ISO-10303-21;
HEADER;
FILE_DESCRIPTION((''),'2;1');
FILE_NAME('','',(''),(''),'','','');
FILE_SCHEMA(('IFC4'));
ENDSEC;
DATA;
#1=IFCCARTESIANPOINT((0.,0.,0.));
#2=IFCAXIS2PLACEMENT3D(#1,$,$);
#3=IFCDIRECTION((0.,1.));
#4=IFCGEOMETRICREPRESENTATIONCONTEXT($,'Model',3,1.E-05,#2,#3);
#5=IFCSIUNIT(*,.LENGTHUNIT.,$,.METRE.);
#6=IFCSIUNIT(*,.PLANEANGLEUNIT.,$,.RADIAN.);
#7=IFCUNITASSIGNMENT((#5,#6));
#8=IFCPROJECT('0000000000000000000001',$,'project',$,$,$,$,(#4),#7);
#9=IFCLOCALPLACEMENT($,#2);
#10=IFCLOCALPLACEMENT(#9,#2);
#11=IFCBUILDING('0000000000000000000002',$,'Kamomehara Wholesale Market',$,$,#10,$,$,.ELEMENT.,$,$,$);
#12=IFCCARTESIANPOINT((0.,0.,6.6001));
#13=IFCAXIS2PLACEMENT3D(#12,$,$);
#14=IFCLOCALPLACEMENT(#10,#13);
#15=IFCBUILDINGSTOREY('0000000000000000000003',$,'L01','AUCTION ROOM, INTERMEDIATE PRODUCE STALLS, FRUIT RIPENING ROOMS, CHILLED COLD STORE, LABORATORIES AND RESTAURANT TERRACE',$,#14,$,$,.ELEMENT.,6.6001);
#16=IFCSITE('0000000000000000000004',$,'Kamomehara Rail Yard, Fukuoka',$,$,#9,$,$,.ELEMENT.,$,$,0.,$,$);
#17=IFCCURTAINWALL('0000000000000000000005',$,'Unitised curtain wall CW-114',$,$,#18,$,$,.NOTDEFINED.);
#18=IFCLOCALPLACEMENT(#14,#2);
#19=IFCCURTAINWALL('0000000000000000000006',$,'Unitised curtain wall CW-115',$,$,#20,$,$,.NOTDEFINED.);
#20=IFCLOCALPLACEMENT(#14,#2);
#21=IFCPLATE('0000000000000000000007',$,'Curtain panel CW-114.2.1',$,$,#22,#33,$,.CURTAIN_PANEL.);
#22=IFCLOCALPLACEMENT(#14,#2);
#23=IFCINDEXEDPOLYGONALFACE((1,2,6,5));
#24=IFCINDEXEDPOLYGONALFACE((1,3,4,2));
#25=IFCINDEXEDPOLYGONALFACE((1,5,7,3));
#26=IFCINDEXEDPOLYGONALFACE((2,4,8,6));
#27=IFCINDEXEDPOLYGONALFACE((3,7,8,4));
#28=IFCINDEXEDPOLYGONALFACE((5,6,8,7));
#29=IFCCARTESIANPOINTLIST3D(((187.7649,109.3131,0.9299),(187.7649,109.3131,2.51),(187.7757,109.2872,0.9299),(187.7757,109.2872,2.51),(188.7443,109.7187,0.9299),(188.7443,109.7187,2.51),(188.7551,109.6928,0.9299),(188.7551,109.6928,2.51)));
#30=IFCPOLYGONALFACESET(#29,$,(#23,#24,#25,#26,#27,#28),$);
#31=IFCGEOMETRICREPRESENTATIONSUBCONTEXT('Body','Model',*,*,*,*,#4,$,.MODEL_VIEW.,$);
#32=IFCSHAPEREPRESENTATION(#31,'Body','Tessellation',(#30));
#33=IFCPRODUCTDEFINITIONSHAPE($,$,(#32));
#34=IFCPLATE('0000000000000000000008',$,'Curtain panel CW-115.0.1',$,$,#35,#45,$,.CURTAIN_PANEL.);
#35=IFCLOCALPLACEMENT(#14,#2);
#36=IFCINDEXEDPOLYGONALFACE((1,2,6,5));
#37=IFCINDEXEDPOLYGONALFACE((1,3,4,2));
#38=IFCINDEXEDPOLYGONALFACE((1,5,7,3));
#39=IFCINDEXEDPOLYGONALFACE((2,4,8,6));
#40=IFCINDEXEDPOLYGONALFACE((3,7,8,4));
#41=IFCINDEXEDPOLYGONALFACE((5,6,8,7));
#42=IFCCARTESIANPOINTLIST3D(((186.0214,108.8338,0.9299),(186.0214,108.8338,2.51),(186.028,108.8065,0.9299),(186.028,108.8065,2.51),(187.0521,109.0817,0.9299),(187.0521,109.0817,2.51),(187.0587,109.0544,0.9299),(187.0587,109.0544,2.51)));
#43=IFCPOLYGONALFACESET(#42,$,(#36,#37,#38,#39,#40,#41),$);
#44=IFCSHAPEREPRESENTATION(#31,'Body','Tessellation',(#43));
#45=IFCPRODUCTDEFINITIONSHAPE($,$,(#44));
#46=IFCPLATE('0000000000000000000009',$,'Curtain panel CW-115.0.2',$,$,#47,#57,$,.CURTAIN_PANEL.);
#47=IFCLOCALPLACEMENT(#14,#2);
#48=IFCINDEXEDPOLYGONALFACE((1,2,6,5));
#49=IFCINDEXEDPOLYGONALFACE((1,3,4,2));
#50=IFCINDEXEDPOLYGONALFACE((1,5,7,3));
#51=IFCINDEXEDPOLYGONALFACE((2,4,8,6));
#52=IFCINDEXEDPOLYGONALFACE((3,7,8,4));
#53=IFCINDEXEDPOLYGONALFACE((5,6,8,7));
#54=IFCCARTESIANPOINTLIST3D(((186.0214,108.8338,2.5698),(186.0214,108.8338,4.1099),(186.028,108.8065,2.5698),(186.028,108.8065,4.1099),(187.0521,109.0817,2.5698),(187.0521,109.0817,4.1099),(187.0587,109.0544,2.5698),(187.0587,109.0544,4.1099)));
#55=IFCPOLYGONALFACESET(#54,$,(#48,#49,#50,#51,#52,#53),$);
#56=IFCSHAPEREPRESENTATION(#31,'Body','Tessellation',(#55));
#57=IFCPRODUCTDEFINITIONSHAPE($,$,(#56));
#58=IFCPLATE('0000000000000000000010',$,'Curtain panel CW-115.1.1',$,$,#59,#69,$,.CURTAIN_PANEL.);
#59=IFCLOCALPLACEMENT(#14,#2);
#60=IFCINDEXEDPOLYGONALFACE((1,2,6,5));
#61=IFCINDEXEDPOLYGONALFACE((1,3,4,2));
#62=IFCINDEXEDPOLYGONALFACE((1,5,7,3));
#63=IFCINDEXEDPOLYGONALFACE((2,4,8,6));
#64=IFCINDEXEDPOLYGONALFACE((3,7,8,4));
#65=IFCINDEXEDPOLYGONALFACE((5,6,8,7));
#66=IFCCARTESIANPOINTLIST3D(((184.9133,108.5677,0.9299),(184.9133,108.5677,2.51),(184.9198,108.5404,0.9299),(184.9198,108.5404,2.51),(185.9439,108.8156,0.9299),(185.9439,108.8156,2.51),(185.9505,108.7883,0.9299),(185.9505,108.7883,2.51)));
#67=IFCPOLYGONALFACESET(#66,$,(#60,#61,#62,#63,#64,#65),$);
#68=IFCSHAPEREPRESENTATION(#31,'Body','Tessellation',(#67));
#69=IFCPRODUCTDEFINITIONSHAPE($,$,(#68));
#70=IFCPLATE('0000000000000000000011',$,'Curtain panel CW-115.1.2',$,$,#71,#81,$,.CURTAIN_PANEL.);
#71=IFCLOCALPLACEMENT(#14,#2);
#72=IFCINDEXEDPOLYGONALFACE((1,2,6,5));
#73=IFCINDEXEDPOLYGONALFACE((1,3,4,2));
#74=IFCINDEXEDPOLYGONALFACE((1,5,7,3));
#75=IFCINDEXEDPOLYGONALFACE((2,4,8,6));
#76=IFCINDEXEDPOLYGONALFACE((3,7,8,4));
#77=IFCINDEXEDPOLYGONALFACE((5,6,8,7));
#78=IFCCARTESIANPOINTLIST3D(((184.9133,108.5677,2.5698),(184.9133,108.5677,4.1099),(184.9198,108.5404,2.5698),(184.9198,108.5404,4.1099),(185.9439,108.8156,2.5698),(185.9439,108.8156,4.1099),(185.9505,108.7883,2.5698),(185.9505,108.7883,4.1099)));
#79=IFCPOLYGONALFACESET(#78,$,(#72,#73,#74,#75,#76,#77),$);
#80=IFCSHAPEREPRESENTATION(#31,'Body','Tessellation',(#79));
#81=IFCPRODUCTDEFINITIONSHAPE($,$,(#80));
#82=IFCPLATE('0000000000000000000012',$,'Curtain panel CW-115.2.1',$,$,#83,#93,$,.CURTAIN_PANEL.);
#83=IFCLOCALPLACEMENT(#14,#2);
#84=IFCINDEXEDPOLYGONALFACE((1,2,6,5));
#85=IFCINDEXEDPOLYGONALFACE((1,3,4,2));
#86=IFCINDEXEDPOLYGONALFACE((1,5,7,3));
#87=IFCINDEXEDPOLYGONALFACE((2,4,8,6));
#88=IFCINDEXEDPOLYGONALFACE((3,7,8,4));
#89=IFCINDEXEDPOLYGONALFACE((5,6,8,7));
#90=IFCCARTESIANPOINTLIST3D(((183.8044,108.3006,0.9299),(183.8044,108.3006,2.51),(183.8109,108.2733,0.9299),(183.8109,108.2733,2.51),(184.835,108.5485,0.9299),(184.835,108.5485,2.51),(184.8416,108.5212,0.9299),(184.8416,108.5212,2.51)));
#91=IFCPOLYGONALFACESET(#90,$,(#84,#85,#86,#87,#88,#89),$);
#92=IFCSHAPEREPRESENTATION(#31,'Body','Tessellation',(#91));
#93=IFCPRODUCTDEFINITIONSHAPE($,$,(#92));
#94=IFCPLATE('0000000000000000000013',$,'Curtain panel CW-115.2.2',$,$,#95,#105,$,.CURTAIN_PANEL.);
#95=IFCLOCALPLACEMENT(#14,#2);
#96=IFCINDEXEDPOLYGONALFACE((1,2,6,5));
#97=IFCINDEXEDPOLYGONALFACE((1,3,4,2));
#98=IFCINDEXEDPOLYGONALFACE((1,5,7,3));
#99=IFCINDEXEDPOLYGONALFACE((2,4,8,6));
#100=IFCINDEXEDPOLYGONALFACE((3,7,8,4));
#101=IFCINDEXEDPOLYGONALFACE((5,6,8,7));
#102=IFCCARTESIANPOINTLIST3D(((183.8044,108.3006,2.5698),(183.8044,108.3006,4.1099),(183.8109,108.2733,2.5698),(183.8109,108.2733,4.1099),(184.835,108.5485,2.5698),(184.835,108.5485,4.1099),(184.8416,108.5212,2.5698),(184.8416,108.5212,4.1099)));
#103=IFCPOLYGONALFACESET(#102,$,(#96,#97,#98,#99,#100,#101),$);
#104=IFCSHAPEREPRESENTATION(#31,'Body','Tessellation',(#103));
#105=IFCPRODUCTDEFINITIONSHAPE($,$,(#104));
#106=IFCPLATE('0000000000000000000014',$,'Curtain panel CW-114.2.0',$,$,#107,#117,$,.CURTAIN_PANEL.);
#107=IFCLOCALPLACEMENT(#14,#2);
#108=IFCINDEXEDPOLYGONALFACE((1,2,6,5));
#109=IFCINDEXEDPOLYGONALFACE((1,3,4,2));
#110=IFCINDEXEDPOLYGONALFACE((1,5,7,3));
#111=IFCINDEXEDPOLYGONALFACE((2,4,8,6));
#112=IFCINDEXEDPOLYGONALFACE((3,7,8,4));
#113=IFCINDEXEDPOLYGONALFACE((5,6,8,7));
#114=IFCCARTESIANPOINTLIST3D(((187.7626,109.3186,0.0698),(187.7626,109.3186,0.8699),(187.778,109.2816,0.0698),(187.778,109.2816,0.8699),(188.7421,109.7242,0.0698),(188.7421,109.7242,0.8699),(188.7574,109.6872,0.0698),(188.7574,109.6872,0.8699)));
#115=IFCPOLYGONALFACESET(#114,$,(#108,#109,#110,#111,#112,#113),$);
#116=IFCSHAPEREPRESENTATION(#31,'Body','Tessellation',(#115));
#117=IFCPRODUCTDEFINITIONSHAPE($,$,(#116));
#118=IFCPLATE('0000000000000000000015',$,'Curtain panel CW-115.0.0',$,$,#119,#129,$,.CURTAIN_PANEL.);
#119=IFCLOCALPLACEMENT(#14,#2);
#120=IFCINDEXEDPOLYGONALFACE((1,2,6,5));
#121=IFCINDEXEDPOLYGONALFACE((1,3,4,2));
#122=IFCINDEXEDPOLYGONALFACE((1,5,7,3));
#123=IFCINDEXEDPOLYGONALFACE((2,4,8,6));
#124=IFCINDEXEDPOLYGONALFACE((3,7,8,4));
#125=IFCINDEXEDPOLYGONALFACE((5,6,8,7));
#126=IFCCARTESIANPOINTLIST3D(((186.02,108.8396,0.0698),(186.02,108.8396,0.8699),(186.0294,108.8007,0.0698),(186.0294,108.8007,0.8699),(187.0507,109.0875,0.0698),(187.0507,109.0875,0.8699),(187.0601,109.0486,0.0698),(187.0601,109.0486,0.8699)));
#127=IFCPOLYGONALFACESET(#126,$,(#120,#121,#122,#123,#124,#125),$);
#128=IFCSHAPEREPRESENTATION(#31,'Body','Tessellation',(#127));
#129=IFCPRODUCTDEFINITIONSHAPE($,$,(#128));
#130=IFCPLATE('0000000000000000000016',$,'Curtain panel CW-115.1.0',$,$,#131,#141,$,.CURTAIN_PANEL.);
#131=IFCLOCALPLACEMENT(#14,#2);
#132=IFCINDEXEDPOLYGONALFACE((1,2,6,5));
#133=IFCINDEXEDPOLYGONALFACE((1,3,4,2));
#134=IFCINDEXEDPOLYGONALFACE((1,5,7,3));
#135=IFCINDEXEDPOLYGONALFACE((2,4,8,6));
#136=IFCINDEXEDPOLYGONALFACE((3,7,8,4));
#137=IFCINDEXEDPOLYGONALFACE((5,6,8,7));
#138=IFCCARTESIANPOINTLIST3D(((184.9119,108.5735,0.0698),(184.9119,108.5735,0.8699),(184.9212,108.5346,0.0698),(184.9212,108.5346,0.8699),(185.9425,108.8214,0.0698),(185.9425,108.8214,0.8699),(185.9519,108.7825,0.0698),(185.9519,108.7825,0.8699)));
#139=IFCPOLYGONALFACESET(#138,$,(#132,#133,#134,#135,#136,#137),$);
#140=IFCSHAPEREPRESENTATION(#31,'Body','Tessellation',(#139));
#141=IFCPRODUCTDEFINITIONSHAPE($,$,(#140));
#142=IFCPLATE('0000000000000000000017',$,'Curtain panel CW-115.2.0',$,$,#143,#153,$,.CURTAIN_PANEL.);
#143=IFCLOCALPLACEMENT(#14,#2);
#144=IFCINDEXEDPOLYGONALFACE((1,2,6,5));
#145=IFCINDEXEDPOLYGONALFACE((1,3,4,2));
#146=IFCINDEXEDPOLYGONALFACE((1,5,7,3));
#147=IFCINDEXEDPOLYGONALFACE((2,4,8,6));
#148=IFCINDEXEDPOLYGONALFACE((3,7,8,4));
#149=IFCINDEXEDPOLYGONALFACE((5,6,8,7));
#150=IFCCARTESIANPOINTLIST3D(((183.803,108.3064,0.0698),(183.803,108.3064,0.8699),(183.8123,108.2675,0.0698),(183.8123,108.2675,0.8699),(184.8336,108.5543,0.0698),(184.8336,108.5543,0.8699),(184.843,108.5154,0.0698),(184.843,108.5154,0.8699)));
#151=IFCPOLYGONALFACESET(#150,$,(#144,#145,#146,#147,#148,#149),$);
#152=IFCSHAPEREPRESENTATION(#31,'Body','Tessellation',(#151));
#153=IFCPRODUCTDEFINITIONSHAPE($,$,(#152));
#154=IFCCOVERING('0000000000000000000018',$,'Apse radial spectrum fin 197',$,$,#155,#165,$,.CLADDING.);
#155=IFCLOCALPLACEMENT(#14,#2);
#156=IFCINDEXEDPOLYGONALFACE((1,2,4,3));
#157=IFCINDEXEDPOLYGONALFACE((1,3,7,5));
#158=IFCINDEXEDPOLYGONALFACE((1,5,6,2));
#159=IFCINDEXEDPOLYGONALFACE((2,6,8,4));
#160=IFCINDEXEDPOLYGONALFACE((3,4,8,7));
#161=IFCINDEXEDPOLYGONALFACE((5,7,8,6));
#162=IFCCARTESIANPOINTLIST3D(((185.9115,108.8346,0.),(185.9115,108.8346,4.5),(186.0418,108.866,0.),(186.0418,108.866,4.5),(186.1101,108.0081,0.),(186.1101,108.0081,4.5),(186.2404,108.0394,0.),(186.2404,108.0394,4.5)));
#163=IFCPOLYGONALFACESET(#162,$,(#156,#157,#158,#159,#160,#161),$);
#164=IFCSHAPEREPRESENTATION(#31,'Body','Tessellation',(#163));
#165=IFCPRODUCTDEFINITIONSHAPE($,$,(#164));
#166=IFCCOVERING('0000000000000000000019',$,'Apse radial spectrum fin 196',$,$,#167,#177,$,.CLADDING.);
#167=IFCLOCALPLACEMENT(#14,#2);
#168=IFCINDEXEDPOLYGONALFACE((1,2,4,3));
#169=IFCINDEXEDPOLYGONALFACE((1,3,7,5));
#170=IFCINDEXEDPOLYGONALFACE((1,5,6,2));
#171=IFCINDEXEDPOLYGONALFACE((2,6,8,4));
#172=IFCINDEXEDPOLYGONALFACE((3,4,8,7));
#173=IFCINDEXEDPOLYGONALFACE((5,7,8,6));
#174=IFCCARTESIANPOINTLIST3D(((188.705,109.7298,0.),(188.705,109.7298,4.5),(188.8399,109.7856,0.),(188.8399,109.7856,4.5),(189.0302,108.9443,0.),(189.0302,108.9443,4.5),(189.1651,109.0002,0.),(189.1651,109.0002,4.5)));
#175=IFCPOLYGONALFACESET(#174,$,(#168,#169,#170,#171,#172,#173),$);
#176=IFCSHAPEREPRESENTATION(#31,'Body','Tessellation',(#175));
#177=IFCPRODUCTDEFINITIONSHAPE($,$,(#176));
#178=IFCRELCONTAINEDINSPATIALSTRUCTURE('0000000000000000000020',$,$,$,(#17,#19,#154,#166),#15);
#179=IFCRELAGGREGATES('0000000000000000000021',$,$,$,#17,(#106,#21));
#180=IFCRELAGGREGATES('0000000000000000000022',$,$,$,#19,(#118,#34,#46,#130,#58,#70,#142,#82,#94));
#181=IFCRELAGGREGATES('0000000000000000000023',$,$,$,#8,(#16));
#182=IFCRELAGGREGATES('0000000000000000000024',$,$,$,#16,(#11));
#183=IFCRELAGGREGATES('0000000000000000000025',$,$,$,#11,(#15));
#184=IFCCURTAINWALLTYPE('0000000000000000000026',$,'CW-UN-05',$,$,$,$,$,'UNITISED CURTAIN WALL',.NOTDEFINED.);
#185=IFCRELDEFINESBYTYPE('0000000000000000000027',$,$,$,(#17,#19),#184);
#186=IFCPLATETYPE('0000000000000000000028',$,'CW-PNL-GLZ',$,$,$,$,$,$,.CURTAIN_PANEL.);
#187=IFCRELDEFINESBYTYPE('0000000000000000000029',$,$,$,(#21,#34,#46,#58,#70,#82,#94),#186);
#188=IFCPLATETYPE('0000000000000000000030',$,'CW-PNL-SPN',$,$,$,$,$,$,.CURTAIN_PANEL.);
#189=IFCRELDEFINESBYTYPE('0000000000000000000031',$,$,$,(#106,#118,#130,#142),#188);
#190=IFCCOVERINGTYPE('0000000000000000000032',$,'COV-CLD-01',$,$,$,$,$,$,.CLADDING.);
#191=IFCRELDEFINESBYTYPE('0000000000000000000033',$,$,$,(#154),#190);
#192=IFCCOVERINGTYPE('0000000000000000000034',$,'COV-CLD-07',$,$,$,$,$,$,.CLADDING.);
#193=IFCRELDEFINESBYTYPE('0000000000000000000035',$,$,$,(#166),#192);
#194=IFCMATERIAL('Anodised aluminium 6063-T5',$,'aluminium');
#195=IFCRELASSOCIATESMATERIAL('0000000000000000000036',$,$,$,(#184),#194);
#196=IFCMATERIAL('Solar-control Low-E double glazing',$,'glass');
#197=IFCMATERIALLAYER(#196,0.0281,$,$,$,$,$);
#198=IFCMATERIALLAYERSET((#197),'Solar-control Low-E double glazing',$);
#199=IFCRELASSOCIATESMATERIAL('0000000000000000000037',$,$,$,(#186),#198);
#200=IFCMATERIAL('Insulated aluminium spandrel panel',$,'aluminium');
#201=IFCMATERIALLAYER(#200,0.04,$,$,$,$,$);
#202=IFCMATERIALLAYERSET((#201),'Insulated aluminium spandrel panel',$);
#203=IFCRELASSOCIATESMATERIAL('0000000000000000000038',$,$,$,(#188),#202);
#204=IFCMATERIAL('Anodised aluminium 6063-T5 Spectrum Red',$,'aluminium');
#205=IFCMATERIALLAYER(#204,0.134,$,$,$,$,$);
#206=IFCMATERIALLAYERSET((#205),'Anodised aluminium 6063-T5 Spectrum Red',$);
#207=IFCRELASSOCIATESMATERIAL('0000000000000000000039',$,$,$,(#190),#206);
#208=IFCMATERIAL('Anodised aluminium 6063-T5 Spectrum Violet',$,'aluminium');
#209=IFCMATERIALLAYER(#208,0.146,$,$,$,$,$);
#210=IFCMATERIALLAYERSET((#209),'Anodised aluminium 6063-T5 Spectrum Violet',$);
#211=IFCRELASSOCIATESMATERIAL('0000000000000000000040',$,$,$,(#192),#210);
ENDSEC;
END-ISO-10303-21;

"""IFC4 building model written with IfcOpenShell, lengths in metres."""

from ifc_helpers import new_model, si_unit, direction, frame, origin, origin_2d, place, context, subcontext, project, spatial, rectangle, extrude, material, layer, layer_set, type_object, element, aggregate, save


model = new_model("IFC4")

# Units and contexts
model_context = context("Model", 3, precision=1e-05, world=origin(), true_north=direction((0.0, 1.0)))
body_context = subcontext(model_context, "Body", "Model", "MODEL_VIEW")
ifc_project = project(units=[si_unit("LENGTHUNIT", "METRE"), si_unit("PLANEANGLEUNIT", "RADIAN")], contexts=[model_context])

# Site, building, storey
site_placement = place(None, origin())
site = spatial("IfcSite", under=ifc_project, at=site_placement, Name="Kamomehara Rail Yard, Fukuoka", CompositionType="ELEMENT", RefElevation=0.0)
building_placement = place(site_placement, origin())
building = spatial("IfcBuilding", under=site, at=building_placement, Name="Kamomehara Wholesale Market", CompositionType="ELEMENT")
storey_placement = place(building_placement, frame((0.0, 0.0, 6.6001)))
storey = spatial("IfcBuildingStorey", under=building, at=storey_placement, Name="L01", Description="AUCTION ROOM, INTERMEDIATE PRODUCE STALLS, FRUIT RIPENING ROOMS, CHILLED COLD STORE, LABORATORIES AND RESTAURANT TERRACE", CompositionType="ELEMENT", Elevation=6.6001)

# Curtain wall
ifc_material_1 = material(Name="Anodised aluminium 6063-T5", Category="aluminium")
curtain_wall_type = type_object("IfcCurtainWallType", Name="CW-UN-05", ElementType="UNITISED CURTAIN WALL", PredefinedType="NOTDEFINED", material=ifc_material_1)
curtain_wall_1_placement = place(storey_placement, origin())
curtain_wall_1 = element("IfcCurtainWall", 1, at=curtain_wall_1_placement, inside=storey, type_object=curtain_wall_type, Name="Unitised curtain wall CW-114", PredefinedType="NOTDEFINED")

# Curtain wall
curtain_wall_2_placement = place(storey_placement, origin())
curtain_wall_2 = element("IfcCurtainWall", 2, at=curtain_wall_2_placement, inside=storey, type_object=curtain_wall_type, Name="Unitised curtain wall CW-115", PredefinedType="NOTDEFINED")

# Plates
ifc_material_2 = material(Name="Solar-control Low-E double glazing", Category="glass")
ifc_layer_1 = layer(ifc_material_2, 0.0281)
ifc_layer_set_1 = layer_set([ifc_layer_1], Name="Solar-control Low-E double glazing")
plate_type_1 = type_object("IfcPlateType", Name="CW-PNL-GLZ", PredefinedType="CURTAIN_PANEL", material=ifc_layer_set_1)
plate_1_placement = place(storey_placement, frame((188.26, 109.5029, 0.9299), z_axis=(0.0, 0.0, 1.0), x_axis=(-0.923913, -0.382603, 0.0)))
plate_1 = element("IfcPlate", 3, at=plate_1_placement, type_object=plate_type_1, Name="Curtain panel CW-114.2.1", PredefinedType="CURTAIN_PANEL", context=body_context, shape_type="SweptSolid", body=[
    extrude(rectangle(XDim=1.0601, YDim=0.0281, at=origin_2d()), origin(), (0.0, 0.0, 1.0), 1.5801),
])
plate_2_placement = place(storey_placement, frame((186.54, 108.9441, 0.9299), z_axis=(0.0, 0.0, 1.0), x_axis=(-0.972272, -0.233853, 0.0)))
plate_2 = element("IfcPlate", 4, at=plate_2_placement, type_object=plate_type_1, Name="Curtain panel CW-115.0.1", PredefinedType="CURTAIN_PANEL", context=body_context, shape_type="SweptSolid", body=[
    extrude(rectangle(XDim=1.0601, YDim=0.0281, at=origin_2d()), origin(), (0.0, 0.0, 1.0), 1.5801),
])
plate_3_placement = place(storey_placement, frame((186.54, 108.9441, 2.5698), z_axis=(0.0, 0.0, 1.0), x_axis=(-0.972272, -0.233853, 0.0)))
plate_3 = element("IfcPlate", 5, at=plate_3_placement, type_object=plate_type_1, Name="Curtain panel CW-115.0.2", PredefinedType="CURTAIN_PANEL", context=body_context, shape_type="SweptSolid", body=[
    extrude(rectangle(XDim=1.0601, YDim=0.0281, at=origin_2d()), origin(), (0.0, 0.0, 1.0), 1.54),
])
plate_4_placement = place(storey_placement, frame((185.4319, 108.678, 0.9299), z_axis=(0.0, 0.0, 1.0), x_axis=(-0.972272, -0.233853, 0.0)))
plate_4 = element("IfcPlate", 6, at=plate_4_placement, type_object=plate_type_1, Name="Curtain panel CW-115.1.1", PredefinedType="CURTAIN_PANEL", context=body_context, shape_type="SweptSolid", body=[
    extrude(rectangle(XDim=1.0601, YDim=0.0281, at=origin_2d()), origin(), (0.0, 0.0, 1.0), 1.5801),
])
plate_5_placement = place(storey_placement, frame((185.4319, 108.678, 2.5698), z_axis=(0.0, 0.0, 1.0), x_axis=(-0.972272, -0.233853, 0.0)))
plate_5 = element("IfcPlate", 7, at=plate_5_placement, type_object=plate_type_1, Name="Curtain panel CW-115.1.2", PredefinedType="CURTAIN_PANEL", context=body_context, shape_type="SweptSolid", body=[
    extrude(rectangle(XDim=1.0601, YDim=0.0281, at=origin_2d()), origin(), (0.0, 0.0, 1.0), 1.54),
])
plate_6_placement = place(storey_placement, frame((184.323, 108.4109, 0.9299), z_axis=(0.0, 0.0, 1.0), x_axis=(-0.972272, -0.233853, 0.0)))
plate_6 = element("IfcPlate", 8, at=plate_6_placement, type_object=plate_type_1, Name="Curtain panel CW-115.2.1", PredefinedType="CURTAIN_PANEL", context=body_context, shape_type="SweptSolid", body=[
    extrude(rectangle(XDim=1.0601, YDim=0.0281, at=origin_2d()), origin(), (0.0, 0.0, 1.0), 1.5801),
])
plate_7_placement = place(storey_placement, frame((184.323, 108.4109, 2.5698), z_axis=(0.0, 0.0, 1.0), x_axis=(-0.972272, -0.233853, 0.0)))
plate_7 = element("IfcPlate", 9, at=plate_7_placement, type_object=plate_type_1, Name="Curtain panel CW-115.2.2", PredefinedType="CURTAIN_PANEL", context=body_context, shape_type="SweptSolid", body=[
    extrude(rectangle(XDim=1.0601, YDim=0.0281, at=origin_2d()), origin(), (0.0, 0.0, 1.0), 1.54),
])
ifc_material_3 = material(Name="Insulated aluminium spandrel panel", Category="aluminium")
ifc_layer_2 = layer(ifc_material_3, 0.04)
ifc_layer_set_2 = layer_set([ifc_layer_2], Name="Insulated aluminium spandrel panel")
plate_type_2 = type_object("IfcPlateType", Name="CW-PNL-SPN", PredefinedType="CURTAIN_PANEL", material=ifc_layer_set_2)
plate_8_placement = place(storey_placement, frame((188.26, 109.5029, 0.0698), z_axis=(0.0, 0.0, 1.0), x_axis=(-0.923913, -0.382603, 0.0)))
plate_8 = element("IfcPlate", 10, at=plate_8_placement, type_object=plate_type_2, Name="Curtain panel CW-114.2.0", PredefinedType="CURTAIN_PANEL", context=body_context, shape_type="SweptSolid", body=[
    extrude(rectangle(XDim=1.0601, YDim=0.04, at=origin_2d()), origin(), (0.0, 0.0, 1.0), 0.8),
])
aggregate(curtain_wall_1, [plate_8, plate_1])
plate_9_placement = place(storey_placement, frame((186.54, 108.9441, 0.0698), z_axis=(0.0, 0.0, 1.0), x_axis=(-0.972272, -0.233853, 0.0)))
plate_9 = element("IfcPlate", 11, at=plate_9_placement, type_object=plate_type_2, Name="Curtain panel CW-115.0.0", PredefinedType="CURTAIN_PANEL", context=body_context, shape_type="SweptSolid", body=[
    extrude(rectangle(XDim=1.0601, YDim=0.04, at=origin_2d()), origin(), (0.0, 0.0, 1.0), 0.8),
])
plate_10_placement = place(storey_placement, frame((185.4319, 108.678, 0.0698), z_axis=(0.0, 0.0, 1.0), x_axis=(-0.972272, -0.233853, 0.0)))
plate_10 = element("IfcPlate", 12, at=plate_10_placement, type_object=plate_type_2, Name="Curtain panel CW-115.1.0", PredefinedType="CURTAIN_PANEL", context=body_context, shape_type="SweptSolid", body=[
    extrude(rectangle(XDim=1.0601, YDim=0.04, at=origin_2d()), origin(), (0.0, 0.0, 1.0), 0.8),
])
plate_11_placement = place(storey_placement, frame((184.323, 108.4109, 0.0698), z_axis=(0.0, 0.0, 1.0), x_axis=(-0.972272, -0.233853, 0.0)))
plate_11 = element("IfcPlate", 13, at=plate_11_placement, type_object=plate_type_2, Name="Curtain panel CW-115.2.0", PredefinedType="CURTAIN_PANEL", context=body_context, shape_type="SweptSolid", body=[
    extrude(rectangle(XDim=1.0601, YDim=0.04, at=origin_2d()), origin(), (0.0, 0.0, 1.0), 0.8),
])
aggregate(curtain_wall_2, [plate_9, plate_2, plate_3, plate_10, plate_4, plate_5, plate_11, plate_6, plate_7])

# Coverings
ifc_material_4 = material(Name="Anodised aluminium 6063-T5 Spectrum Red", Category="aluminium")
ifc_layer_3 = layer(ifc_material_4, 0.134)
ifc_layer_set_3 = layer_set([ifc_layer_3], Name="Anodised aluminium 6063-T5 Spectrum Red")
covering_type_1 = type_object("IfcCoveringType", Name="COV-CLD-01", PredefinedType="CLADDING", material=ifc_layer_set_3)
covering_1_placement = place(storey_placement, frame((186.0759, 108.437, 0.0), z_axis=(0.0, 0.0, 1.0), x_axis=(-0.972321, -0.233649, 0.0)))
element("IfcCovering", 14, at=covering_1_placement, inside=storey, type_object=covering_type_1, Name="Apse radial spectrum fin 197", PredefinedType="CLADDING", context=body_context, shape_type="SweptSolid", body=[
    extrude(rectangle(XDim=0.134, YDim=0.8501, at=origin_2d()), origin(), (0.0, 0.0, 1.0), 4.5),
])
ifc_material_5 = material(Name="Anodised aluminium 6063-T5 Spectrum Violet", Category="aluminium")
ifc_layer_4 = layer(ifc_material_5, 0.146)
ifc_layer_set_4 = layer_set([ifc_layer_4], Name="Anodised aluminium 6063-T5 Spectrum Violet")
covering_type_2 = type_object("IfcCoveringType", Name="COV-CLD-07", PredefinedType="CLADDING", material=ifc_layer_set_4)
covering_2_placement = place(storey_placement, frame((188.9351, 109.365, 0.0), z_axis=(0.0, 0.0, 1.0), x_axis=(-0.923926, -0.382571, 0.0)))
element("IfcCovering", 15, at=covering_2_placement, inside=storey, type_object=covering_type_2, Name="Apse radial spectrum fin 196", PredefinedType="CLADDING", context=body_context, shape_type="SweptSolid", body=[
    extrude(rectangle(XDim=0.146, YDim=0.8501, at=origin_2d()), origin(), (0.0, 0.0, 1.0), 4.5),
])

save(model, "model.ifc")
